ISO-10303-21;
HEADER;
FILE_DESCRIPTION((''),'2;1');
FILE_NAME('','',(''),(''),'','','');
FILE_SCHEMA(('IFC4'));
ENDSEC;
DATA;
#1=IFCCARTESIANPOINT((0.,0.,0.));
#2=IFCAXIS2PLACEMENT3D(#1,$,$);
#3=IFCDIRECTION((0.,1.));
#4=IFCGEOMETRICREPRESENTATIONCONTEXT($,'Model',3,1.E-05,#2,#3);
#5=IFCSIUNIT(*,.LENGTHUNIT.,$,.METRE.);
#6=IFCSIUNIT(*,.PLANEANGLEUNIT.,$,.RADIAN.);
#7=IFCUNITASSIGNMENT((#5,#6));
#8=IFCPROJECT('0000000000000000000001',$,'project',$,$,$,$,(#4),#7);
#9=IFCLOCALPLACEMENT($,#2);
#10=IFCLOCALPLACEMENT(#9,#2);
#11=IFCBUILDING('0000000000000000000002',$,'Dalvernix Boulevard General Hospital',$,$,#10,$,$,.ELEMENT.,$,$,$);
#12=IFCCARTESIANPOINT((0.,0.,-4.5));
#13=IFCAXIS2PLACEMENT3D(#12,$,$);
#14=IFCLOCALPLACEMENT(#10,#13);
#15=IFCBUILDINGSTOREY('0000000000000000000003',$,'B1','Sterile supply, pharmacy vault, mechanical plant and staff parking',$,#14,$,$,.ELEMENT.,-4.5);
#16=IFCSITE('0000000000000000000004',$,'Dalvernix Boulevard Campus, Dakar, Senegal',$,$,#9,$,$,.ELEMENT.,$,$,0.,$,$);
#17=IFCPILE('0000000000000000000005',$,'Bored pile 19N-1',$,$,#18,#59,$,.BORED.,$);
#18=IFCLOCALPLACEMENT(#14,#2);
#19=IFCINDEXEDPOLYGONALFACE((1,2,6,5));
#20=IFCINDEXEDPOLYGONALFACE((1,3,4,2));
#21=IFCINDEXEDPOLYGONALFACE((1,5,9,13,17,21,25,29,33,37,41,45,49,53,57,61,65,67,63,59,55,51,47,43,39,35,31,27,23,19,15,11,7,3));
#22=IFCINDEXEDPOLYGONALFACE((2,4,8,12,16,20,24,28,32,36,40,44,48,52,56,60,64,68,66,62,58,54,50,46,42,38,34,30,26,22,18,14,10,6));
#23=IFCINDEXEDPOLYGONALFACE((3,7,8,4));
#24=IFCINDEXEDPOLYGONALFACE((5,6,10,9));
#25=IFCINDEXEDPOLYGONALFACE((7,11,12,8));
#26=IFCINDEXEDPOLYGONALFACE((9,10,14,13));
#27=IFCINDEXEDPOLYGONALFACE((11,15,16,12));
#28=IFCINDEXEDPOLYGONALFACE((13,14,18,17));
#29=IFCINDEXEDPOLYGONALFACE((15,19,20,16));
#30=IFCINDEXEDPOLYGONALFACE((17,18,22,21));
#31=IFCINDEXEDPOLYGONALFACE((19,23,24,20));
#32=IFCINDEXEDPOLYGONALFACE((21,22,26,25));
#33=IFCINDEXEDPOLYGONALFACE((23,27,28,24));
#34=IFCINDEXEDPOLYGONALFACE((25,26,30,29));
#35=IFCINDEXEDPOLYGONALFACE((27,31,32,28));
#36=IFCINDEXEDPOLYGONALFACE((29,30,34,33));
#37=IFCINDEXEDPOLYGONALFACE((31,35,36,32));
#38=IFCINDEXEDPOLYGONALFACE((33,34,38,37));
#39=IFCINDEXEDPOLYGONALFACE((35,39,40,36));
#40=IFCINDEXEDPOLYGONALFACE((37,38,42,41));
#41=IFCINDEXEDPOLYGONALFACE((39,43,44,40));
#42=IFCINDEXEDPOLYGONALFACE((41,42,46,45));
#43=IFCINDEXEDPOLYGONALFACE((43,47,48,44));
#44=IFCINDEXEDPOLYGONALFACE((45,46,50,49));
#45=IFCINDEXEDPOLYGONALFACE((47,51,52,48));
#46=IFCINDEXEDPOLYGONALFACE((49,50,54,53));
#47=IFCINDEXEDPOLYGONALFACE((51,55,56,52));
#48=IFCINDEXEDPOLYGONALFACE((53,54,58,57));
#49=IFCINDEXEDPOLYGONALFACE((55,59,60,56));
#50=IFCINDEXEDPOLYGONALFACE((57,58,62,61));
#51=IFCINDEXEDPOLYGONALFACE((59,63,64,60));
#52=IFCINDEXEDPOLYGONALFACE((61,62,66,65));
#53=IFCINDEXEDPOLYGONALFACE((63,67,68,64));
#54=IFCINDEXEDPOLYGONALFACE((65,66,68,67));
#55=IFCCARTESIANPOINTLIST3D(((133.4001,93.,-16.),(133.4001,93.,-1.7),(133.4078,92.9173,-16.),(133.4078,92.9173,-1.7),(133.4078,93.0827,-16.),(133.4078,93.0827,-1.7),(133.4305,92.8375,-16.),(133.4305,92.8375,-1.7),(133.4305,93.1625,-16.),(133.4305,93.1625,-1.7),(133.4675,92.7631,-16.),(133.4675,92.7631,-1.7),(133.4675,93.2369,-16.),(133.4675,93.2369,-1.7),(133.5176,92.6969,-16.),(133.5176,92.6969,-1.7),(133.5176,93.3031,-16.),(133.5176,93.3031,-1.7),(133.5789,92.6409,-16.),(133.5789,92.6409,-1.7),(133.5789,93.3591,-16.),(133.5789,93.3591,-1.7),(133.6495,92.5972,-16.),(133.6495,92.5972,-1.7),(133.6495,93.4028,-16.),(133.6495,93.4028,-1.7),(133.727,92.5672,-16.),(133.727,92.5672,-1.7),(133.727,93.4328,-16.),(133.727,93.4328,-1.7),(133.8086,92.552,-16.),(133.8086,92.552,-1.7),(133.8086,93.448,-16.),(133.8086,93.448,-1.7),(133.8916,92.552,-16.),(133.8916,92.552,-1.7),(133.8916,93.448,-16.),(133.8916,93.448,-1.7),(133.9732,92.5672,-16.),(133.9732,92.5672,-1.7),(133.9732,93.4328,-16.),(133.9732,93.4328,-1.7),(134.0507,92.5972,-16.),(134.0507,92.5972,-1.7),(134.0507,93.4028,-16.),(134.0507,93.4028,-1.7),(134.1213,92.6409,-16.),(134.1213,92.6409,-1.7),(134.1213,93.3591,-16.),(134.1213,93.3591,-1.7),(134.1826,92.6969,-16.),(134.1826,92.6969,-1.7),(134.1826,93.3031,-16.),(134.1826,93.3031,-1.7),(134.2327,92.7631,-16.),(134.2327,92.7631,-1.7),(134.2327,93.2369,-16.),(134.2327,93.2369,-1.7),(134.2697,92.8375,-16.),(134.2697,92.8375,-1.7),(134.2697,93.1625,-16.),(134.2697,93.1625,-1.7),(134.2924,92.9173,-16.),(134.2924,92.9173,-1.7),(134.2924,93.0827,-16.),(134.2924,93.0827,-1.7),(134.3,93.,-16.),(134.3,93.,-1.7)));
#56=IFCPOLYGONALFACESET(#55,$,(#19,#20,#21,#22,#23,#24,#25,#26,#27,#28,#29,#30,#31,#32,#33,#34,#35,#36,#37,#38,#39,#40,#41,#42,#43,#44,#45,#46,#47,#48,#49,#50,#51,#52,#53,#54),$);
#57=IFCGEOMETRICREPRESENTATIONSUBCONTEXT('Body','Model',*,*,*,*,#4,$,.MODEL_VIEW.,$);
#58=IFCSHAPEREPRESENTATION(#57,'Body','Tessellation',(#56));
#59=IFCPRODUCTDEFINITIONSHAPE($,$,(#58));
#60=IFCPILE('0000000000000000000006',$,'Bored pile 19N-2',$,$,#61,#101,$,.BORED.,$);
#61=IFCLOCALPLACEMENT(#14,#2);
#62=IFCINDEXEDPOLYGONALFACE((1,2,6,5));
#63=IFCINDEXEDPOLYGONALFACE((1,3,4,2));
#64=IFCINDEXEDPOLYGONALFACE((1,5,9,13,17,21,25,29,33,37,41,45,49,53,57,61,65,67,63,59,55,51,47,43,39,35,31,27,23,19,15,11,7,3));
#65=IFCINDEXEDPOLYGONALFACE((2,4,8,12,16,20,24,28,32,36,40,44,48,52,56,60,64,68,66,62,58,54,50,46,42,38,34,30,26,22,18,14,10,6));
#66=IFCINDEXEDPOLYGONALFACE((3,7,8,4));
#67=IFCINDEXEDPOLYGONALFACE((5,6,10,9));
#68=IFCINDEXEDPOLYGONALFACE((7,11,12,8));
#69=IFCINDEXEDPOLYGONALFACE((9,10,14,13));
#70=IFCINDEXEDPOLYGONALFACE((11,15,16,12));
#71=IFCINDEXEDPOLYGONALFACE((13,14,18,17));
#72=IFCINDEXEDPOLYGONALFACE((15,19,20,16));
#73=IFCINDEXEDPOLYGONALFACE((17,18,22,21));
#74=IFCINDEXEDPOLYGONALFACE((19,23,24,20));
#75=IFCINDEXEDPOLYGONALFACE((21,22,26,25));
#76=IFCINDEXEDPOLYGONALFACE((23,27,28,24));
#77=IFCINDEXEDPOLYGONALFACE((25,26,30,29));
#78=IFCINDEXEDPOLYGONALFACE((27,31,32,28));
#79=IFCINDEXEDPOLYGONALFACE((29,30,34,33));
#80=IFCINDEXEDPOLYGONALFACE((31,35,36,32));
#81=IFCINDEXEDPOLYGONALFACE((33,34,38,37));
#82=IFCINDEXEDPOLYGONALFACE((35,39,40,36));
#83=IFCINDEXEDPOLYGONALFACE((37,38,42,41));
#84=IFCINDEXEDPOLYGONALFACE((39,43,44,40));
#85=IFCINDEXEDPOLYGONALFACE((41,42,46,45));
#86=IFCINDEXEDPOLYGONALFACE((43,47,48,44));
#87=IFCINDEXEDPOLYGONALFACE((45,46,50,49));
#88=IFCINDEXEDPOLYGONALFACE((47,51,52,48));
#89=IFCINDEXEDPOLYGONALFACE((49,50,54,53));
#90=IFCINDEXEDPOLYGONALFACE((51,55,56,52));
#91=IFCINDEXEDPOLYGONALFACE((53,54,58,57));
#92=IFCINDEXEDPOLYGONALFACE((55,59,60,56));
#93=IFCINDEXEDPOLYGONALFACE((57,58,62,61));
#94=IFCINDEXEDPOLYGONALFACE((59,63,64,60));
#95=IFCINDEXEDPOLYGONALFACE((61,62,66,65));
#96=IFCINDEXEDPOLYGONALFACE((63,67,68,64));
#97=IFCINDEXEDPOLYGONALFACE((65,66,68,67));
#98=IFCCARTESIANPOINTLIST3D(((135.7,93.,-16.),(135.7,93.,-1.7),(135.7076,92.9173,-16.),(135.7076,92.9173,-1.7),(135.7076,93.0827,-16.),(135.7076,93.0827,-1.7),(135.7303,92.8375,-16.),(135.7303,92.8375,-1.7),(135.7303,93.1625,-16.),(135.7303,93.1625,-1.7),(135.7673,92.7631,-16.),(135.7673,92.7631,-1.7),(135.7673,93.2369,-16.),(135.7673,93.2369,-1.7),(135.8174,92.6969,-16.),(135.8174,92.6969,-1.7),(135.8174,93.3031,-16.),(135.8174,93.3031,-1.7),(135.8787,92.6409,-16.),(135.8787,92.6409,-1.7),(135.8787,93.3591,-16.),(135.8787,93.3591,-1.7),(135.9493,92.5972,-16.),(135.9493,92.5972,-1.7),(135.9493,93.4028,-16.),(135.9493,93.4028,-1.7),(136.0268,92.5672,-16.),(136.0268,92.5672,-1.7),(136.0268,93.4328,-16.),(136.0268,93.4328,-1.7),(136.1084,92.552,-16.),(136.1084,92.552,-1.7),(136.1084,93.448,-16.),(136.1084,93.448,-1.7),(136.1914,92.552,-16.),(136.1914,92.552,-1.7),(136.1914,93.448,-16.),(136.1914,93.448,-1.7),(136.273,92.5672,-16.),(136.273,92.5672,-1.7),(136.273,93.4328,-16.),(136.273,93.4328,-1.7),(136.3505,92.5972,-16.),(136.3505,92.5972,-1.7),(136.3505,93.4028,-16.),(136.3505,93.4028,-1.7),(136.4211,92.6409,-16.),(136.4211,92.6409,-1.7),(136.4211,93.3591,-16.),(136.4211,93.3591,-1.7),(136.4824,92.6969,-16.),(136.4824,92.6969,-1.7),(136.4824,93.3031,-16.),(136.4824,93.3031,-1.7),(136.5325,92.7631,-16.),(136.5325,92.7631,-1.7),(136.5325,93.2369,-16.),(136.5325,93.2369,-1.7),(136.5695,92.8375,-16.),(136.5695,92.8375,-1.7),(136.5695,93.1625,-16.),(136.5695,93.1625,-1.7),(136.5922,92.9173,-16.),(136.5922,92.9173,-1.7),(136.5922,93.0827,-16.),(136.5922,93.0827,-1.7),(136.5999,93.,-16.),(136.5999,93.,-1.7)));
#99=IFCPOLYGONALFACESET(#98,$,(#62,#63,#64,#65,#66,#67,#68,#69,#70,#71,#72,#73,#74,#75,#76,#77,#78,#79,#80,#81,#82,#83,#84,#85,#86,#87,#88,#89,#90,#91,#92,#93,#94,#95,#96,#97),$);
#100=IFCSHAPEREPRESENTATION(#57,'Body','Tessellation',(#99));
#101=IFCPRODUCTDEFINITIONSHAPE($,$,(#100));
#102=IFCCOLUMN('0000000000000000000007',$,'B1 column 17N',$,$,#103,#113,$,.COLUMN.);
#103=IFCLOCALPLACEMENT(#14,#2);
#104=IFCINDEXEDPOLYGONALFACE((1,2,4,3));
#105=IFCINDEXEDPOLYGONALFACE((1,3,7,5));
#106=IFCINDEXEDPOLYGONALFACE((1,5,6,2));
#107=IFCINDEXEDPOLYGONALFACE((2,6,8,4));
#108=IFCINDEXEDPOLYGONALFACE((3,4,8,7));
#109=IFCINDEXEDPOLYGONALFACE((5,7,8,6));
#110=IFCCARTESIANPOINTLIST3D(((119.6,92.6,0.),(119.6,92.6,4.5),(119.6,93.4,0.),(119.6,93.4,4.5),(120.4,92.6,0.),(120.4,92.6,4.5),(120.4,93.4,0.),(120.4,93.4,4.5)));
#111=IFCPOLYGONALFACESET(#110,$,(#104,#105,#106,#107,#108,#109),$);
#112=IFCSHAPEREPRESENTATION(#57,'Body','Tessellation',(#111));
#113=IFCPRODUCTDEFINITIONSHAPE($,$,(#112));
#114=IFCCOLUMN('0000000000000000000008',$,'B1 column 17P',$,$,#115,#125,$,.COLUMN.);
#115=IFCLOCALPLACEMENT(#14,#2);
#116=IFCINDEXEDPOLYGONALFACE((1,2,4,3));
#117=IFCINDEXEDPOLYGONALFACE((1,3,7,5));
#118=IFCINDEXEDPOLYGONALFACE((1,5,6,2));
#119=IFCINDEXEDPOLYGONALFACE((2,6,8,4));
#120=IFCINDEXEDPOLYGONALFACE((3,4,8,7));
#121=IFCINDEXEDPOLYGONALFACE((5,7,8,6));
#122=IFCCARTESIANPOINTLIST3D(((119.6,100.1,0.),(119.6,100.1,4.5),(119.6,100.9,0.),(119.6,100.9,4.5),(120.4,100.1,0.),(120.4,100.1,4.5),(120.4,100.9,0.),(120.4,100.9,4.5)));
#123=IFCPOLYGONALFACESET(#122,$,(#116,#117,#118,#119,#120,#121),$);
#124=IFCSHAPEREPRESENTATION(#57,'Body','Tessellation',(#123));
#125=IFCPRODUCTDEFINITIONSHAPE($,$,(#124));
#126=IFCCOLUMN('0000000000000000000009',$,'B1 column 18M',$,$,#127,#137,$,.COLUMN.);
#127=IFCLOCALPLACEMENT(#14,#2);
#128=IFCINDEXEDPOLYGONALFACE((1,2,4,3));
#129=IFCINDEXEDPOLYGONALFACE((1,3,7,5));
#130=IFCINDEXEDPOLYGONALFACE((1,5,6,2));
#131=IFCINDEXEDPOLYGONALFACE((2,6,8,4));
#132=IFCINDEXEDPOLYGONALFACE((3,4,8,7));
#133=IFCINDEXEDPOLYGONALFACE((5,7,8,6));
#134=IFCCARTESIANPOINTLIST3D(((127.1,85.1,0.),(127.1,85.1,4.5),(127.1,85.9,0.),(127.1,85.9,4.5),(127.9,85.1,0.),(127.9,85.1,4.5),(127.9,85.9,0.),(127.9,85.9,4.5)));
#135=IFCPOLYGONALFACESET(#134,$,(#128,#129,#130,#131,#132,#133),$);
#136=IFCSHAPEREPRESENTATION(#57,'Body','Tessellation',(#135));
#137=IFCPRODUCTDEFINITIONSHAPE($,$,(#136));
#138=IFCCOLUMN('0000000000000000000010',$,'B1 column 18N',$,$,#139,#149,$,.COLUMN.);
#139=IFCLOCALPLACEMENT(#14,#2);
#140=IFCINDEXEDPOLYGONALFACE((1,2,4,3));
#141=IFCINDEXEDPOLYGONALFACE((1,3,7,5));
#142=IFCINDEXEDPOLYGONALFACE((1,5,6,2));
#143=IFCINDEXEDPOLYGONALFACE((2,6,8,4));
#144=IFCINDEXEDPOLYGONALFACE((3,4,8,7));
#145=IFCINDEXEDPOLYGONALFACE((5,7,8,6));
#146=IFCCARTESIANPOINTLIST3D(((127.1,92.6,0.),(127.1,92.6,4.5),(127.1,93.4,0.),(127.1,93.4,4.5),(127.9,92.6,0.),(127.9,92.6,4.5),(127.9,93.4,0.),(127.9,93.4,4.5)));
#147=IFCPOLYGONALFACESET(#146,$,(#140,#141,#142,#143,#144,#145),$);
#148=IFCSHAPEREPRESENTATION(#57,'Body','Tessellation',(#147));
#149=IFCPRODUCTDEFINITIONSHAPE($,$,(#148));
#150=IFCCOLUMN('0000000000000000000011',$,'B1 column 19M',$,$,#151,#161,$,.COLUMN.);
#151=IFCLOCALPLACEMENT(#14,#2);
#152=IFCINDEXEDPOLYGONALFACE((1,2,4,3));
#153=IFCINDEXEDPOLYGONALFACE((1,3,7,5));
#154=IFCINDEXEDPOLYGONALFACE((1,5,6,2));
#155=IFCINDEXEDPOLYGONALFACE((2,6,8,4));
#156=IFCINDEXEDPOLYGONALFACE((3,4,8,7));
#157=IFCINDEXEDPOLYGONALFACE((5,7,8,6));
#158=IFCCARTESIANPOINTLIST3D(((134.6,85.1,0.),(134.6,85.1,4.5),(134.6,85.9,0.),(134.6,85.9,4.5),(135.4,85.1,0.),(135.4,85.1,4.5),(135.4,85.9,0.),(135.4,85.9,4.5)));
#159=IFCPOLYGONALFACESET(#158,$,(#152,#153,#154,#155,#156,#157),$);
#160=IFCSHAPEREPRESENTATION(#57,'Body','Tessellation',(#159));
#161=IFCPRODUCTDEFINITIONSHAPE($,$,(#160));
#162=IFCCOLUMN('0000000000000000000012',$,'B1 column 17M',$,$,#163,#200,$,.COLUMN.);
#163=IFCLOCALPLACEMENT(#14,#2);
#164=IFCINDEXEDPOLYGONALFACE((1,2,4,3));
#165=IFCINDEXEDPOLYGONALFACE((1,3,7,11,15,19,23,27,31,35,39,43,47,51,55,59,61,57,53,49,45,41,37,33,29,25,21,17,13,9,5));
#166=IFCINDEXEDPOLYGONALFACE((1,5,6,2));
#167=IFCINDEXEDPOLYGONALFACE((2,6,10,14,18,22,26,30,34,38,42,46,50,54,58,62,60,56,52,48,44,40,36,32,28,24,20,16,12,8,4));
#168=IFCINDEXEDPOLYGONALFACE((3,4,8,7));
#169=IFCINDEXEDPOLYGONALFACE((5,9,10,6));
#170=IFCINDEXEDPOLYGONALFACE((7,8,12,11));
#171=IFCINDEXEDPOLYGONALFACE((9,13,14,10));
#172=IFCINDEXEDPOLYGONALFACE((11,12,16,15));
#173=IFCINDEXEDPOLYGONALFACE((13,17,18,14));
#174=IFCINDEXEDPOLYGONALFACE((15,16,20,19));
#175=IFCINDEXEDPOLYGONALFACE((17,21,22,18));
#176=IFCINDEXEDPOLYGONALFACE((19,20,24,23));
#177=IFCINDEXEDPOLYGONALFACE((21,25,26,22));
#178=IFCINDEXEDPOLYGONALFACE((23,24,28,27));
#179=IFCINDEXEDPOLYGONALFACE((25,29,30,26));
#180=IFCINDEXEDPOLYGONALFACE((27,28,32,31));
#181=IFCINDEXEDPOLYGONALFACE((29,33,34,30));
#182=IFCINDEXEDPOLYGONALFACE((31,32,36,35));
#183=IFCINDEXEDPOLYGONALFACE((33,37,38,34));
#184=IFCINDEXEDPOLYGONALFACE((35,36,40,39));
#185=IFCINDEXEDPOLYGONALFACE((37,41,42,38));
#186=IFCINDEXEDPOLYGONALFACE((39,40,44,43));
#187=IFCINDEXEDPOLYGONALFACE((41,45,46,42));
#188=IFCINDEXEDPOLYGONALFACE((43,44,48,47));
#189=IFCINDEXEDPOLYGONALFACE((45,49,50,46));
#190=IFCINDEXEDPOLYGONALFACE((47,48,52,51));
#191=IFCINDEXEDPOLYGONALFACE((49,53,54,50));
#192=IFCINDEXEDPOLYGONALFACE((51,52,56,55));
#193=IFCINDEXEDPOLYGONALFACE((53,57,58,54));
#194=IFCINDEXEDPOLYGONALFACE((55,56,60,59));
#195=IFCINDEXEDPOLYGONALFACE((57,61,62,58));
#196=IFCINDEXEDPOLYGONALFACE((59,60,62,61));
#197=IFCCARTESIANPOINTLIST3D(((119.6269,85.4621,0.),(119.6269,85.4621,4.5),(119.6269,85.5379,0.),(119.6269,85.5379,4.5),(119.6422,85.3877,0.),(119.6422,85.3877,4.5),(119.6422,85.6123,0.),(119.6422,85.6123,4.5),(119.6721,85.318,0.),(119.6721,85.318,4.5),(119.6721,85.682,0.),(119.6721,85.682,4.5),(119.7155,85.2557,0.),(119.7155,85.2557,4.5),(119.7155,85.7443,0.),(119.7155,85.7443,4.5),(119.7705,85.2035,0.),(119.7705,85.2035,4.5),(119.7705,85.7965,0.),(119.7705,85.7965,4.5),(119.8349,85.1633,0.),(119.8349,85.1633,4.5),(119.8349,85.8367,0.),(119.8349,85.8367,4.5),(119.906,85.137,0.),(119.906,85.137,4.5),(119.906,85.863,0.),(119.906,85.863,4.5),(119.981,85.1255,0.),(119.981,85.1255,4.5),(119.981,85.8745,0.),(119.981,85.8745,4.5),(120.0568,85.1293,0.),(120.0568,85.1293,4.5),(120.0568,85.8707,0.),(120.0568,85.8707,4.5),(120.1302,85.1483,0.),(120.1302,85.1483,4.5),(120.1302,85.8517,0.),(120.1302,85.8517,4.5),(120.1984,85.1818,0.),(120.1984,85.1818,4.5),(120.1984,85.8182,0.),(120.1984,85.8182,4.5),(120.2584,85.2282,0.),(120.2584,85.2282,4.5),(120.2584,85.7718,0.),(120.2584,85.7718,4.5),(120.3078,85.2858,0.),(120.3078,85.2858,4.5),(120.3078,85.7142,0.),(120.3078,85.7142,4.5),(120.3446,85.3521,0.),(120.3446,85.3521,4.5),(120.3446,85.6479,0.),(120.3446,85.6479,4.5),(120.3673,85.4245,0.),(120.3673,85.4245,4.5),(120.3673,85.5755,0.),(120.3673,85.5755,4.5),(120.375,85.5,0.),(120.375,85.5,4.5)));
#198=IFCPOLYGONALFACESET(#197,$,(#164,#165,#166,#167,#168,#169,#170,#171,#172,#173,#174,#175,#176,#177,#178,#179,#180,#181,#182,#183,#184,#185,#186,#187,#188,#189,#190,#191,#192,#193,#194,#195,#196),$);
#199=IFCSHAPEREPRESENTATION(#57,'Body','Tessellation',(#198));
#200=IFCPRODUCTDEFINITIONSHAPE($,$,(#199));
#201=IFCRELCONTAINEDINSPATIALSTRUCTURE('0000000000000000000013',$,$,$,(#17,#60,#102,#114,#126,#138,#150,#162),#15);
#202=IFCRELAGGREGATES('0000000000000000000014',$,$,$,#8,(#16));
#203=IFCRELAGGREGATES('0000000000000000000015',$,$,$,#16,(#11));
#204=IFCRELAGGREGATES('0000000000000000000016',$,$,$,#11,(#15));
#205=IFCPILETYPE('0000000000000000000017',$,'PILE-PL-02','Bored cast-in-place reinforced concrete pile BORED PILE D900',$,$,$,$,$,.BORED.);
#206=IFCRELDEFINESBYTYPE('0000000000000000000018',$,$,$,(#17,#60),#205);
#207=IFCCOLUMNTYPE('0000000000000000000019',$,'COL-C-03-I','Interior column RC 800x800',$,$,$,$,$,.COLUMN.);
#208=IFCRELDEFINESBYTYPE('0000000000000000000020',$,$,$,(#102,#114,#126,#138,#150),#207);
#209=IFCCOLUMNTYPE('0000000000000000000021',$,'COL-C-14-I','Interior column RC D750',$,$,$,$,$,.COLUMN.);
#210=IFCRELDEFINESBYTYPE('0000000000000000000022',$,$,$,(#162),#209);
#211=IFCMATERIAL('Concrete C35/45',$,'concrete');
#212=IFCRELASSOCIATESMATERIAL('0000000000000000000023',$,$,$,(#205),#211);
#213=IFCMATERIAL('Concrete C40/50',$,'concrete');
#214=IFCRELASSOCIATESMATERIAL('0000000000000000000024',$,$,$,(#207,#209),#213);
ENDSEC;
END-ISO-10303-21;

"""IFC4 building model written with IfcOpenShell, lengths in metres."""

from ifc_helpers import new_model, si_unit, direction, frame, origin, origin_2d, place, context, subcontext, project, spatial, rectangle, circle, extrude, material, material_profile, profile_set, type_object, element, save


model = new_model("IFC4")

# Units and contexts
model_context = context("Model", 3, precision=1e-05, world=origin(), true_north=direction((0.0, 1.0)))
body_context = subcontext(model_context, "Body", "Model", "MODEL_VIEW")
ifc_project = project(units=[si_unit("LENGTHUNIT", "METRE"), si_unit("PLANEANGLEUNIT", "RADIAN")], contexts=[model_context])

# Site, building, storey
site_placement = place(None, origin())
site = spatial("IfcSite", under=ifc_project, at=site_placement, Name="Dalvernix Boulevard Campus, Dakar, Senegal", CompositionType="ELEMENT", RefElevation=0.0)
building_placement = place(site_placement, origin())
building = spatial("IfcBuilding", under=site, at=building_placement, Name="Dalvernix Boulevard General Hospital", CompositionType="ELEMENT")
storey_placement = place(building_placement, frame((0.0, 0.0, -4.5)))
storey = spatial("IfcBuildingStorey", under=building, at=storey_placement, Name="B1", Description="Sterile supply, pharmacy vault, mechanical plant and staff parking", CompositionType="ELEMENT", Elevation=-4.5)

# Shared definitions
ifc_material_1 = material(Name="Concrete C35/45", Category="concrete")
ifc_material_2 = material(Name="Concrete C40/50", Category="concrete")

# Piles
ifc_material_profile_1 = material_profile(ifc_material_1, circle(Radius=0.45, at=origin_2d()), Name="BORED PILE D900")
ifc_profile_set_1 = profile_set([ifc_material_profile_1], Name="Concrete C35/45")
pile_type = type_object("IfcPileType", Name="PILE-PL-02", Description="Bored cast-in-place reinforced concrete pile BORED PILE D900", PredefinedType="BORED", material=ifc_profile_set_1)
for number, where, z_axis, x_axis, name in (
    (1, (133.8501, 93.0, -1.7), (0.0, 0.0, -1.0), (1.0, 0.0, 0.0), "Bored pile 19N-1"),
    (2, (136.1499, 93.0, -1.7), (0.0, 0.0, -1.0), (1.0, 0.0, 0.0), "Bored pile 19N-2"),
):
    element("IfcPile", number, at=place(storey_placement, frame(where, z_axis=z_axis, x_axis=x_axis)), inside=storey, type_object=pile_type, Name=name, PredefinedType="BORED", context=body_context, shape_type="SweptSolid", body=[
        extrude(circle(Radius=0.45, at=origin_2d()), origin(), (0.0, 0.0, 1.0), 14.3),
    ])

# Columns
ifc_material_profile_2 = material_profile(ifc_material_2, rectangle(XDim=0.8, YDim=0.8, at=origin_2d()), Name="RC 800x800")
ifc_profile_set_2 = profile_set([ifc_material_profile_2], Name="Concrete C40/50")
column_type_1 = type_object("IfcColumnType", Name="COL-C-03-I", Description="Interior column RC 800x800", PredefinedType="COLUMN", material=ifc_profile_set_2)
for number, where, z_axis, x_axis, name in (
    (3, (120.0, 93.0, 0.0), (0.0, 0.0, 1.0), (1.0, 0.0, 0.0), "B1 column 17N"),
    (4, (120.0, 100.5, 0.0), (0.0, 0.0, 1.0), (1.0, 0.0, 0.0), "B1 column 17P"),
    (5, (127.5, 85.5, 0.0), (0.0, 0.0, 1.0), (1.0, 0.0, 0.0), "B1 column 18M"),
    (6, (127.5, 93.0, 0.0), (0.0, 0.0, 1.0), (1.0, 0.0, 0.0), "B1 column 18N"),
    (7, (135.0, 85.5, 0.0), (0.0, 0.0, 1.0), (1.0, 0.0, 0.0), "B1 column 19M"),
):
    element("IfcColumn", number, at=place(storey_placement, frame(where, z_axis=z_axis, x_axis=x_axis)), inside=storey, type_object=column_type_1, Name=name, PredefinedType="COLUMN", context=body_context, shape_type="SweptSolid", body=[
        extrude(rectangle(XDim=0.8, YDim=0.8, at=origin_2d()), origin(), (0.0, 0.0, 1.0), 4.5),
    ])
ifc_material_profile_3 = material_profile(ifc_material_2, circle(Radius=0.375, at=origin_2d()), Name="RC D750")
ifc_profile_set_3 = profile_set([ifc_material_profile_3], Name="Concrete C40/50")
column_type_2 = type_object("IfcColumnType", Name="COL-C-14-I", Description="Interior column RC D750", PredefinedType="COLUMN", material=ifc_profile_set_3)
for number, where, z_axis, x_axis, name in (
    (8, (120.0, 85.5, 0.0), (0.0, 0.0, 1.0), (1.0, 0.0, 0.0), "B1 column 17M"),
):
    element("IfcColumn", number, at=place(storey_placement, frame(where, z_axis=z_axis, x_axis=x_axis)), inside=storey, type_object=column_type_2, Name=name, PredefinedType="COLUMN", context=body_context, shape_type="SweptSolid", body=[
        extrude(circle(Radius=0.375, at=origin_2d()), origin(), (0.0, 0.0, 1.0), 4.5),
    ])

save(model, "model.ifc")
